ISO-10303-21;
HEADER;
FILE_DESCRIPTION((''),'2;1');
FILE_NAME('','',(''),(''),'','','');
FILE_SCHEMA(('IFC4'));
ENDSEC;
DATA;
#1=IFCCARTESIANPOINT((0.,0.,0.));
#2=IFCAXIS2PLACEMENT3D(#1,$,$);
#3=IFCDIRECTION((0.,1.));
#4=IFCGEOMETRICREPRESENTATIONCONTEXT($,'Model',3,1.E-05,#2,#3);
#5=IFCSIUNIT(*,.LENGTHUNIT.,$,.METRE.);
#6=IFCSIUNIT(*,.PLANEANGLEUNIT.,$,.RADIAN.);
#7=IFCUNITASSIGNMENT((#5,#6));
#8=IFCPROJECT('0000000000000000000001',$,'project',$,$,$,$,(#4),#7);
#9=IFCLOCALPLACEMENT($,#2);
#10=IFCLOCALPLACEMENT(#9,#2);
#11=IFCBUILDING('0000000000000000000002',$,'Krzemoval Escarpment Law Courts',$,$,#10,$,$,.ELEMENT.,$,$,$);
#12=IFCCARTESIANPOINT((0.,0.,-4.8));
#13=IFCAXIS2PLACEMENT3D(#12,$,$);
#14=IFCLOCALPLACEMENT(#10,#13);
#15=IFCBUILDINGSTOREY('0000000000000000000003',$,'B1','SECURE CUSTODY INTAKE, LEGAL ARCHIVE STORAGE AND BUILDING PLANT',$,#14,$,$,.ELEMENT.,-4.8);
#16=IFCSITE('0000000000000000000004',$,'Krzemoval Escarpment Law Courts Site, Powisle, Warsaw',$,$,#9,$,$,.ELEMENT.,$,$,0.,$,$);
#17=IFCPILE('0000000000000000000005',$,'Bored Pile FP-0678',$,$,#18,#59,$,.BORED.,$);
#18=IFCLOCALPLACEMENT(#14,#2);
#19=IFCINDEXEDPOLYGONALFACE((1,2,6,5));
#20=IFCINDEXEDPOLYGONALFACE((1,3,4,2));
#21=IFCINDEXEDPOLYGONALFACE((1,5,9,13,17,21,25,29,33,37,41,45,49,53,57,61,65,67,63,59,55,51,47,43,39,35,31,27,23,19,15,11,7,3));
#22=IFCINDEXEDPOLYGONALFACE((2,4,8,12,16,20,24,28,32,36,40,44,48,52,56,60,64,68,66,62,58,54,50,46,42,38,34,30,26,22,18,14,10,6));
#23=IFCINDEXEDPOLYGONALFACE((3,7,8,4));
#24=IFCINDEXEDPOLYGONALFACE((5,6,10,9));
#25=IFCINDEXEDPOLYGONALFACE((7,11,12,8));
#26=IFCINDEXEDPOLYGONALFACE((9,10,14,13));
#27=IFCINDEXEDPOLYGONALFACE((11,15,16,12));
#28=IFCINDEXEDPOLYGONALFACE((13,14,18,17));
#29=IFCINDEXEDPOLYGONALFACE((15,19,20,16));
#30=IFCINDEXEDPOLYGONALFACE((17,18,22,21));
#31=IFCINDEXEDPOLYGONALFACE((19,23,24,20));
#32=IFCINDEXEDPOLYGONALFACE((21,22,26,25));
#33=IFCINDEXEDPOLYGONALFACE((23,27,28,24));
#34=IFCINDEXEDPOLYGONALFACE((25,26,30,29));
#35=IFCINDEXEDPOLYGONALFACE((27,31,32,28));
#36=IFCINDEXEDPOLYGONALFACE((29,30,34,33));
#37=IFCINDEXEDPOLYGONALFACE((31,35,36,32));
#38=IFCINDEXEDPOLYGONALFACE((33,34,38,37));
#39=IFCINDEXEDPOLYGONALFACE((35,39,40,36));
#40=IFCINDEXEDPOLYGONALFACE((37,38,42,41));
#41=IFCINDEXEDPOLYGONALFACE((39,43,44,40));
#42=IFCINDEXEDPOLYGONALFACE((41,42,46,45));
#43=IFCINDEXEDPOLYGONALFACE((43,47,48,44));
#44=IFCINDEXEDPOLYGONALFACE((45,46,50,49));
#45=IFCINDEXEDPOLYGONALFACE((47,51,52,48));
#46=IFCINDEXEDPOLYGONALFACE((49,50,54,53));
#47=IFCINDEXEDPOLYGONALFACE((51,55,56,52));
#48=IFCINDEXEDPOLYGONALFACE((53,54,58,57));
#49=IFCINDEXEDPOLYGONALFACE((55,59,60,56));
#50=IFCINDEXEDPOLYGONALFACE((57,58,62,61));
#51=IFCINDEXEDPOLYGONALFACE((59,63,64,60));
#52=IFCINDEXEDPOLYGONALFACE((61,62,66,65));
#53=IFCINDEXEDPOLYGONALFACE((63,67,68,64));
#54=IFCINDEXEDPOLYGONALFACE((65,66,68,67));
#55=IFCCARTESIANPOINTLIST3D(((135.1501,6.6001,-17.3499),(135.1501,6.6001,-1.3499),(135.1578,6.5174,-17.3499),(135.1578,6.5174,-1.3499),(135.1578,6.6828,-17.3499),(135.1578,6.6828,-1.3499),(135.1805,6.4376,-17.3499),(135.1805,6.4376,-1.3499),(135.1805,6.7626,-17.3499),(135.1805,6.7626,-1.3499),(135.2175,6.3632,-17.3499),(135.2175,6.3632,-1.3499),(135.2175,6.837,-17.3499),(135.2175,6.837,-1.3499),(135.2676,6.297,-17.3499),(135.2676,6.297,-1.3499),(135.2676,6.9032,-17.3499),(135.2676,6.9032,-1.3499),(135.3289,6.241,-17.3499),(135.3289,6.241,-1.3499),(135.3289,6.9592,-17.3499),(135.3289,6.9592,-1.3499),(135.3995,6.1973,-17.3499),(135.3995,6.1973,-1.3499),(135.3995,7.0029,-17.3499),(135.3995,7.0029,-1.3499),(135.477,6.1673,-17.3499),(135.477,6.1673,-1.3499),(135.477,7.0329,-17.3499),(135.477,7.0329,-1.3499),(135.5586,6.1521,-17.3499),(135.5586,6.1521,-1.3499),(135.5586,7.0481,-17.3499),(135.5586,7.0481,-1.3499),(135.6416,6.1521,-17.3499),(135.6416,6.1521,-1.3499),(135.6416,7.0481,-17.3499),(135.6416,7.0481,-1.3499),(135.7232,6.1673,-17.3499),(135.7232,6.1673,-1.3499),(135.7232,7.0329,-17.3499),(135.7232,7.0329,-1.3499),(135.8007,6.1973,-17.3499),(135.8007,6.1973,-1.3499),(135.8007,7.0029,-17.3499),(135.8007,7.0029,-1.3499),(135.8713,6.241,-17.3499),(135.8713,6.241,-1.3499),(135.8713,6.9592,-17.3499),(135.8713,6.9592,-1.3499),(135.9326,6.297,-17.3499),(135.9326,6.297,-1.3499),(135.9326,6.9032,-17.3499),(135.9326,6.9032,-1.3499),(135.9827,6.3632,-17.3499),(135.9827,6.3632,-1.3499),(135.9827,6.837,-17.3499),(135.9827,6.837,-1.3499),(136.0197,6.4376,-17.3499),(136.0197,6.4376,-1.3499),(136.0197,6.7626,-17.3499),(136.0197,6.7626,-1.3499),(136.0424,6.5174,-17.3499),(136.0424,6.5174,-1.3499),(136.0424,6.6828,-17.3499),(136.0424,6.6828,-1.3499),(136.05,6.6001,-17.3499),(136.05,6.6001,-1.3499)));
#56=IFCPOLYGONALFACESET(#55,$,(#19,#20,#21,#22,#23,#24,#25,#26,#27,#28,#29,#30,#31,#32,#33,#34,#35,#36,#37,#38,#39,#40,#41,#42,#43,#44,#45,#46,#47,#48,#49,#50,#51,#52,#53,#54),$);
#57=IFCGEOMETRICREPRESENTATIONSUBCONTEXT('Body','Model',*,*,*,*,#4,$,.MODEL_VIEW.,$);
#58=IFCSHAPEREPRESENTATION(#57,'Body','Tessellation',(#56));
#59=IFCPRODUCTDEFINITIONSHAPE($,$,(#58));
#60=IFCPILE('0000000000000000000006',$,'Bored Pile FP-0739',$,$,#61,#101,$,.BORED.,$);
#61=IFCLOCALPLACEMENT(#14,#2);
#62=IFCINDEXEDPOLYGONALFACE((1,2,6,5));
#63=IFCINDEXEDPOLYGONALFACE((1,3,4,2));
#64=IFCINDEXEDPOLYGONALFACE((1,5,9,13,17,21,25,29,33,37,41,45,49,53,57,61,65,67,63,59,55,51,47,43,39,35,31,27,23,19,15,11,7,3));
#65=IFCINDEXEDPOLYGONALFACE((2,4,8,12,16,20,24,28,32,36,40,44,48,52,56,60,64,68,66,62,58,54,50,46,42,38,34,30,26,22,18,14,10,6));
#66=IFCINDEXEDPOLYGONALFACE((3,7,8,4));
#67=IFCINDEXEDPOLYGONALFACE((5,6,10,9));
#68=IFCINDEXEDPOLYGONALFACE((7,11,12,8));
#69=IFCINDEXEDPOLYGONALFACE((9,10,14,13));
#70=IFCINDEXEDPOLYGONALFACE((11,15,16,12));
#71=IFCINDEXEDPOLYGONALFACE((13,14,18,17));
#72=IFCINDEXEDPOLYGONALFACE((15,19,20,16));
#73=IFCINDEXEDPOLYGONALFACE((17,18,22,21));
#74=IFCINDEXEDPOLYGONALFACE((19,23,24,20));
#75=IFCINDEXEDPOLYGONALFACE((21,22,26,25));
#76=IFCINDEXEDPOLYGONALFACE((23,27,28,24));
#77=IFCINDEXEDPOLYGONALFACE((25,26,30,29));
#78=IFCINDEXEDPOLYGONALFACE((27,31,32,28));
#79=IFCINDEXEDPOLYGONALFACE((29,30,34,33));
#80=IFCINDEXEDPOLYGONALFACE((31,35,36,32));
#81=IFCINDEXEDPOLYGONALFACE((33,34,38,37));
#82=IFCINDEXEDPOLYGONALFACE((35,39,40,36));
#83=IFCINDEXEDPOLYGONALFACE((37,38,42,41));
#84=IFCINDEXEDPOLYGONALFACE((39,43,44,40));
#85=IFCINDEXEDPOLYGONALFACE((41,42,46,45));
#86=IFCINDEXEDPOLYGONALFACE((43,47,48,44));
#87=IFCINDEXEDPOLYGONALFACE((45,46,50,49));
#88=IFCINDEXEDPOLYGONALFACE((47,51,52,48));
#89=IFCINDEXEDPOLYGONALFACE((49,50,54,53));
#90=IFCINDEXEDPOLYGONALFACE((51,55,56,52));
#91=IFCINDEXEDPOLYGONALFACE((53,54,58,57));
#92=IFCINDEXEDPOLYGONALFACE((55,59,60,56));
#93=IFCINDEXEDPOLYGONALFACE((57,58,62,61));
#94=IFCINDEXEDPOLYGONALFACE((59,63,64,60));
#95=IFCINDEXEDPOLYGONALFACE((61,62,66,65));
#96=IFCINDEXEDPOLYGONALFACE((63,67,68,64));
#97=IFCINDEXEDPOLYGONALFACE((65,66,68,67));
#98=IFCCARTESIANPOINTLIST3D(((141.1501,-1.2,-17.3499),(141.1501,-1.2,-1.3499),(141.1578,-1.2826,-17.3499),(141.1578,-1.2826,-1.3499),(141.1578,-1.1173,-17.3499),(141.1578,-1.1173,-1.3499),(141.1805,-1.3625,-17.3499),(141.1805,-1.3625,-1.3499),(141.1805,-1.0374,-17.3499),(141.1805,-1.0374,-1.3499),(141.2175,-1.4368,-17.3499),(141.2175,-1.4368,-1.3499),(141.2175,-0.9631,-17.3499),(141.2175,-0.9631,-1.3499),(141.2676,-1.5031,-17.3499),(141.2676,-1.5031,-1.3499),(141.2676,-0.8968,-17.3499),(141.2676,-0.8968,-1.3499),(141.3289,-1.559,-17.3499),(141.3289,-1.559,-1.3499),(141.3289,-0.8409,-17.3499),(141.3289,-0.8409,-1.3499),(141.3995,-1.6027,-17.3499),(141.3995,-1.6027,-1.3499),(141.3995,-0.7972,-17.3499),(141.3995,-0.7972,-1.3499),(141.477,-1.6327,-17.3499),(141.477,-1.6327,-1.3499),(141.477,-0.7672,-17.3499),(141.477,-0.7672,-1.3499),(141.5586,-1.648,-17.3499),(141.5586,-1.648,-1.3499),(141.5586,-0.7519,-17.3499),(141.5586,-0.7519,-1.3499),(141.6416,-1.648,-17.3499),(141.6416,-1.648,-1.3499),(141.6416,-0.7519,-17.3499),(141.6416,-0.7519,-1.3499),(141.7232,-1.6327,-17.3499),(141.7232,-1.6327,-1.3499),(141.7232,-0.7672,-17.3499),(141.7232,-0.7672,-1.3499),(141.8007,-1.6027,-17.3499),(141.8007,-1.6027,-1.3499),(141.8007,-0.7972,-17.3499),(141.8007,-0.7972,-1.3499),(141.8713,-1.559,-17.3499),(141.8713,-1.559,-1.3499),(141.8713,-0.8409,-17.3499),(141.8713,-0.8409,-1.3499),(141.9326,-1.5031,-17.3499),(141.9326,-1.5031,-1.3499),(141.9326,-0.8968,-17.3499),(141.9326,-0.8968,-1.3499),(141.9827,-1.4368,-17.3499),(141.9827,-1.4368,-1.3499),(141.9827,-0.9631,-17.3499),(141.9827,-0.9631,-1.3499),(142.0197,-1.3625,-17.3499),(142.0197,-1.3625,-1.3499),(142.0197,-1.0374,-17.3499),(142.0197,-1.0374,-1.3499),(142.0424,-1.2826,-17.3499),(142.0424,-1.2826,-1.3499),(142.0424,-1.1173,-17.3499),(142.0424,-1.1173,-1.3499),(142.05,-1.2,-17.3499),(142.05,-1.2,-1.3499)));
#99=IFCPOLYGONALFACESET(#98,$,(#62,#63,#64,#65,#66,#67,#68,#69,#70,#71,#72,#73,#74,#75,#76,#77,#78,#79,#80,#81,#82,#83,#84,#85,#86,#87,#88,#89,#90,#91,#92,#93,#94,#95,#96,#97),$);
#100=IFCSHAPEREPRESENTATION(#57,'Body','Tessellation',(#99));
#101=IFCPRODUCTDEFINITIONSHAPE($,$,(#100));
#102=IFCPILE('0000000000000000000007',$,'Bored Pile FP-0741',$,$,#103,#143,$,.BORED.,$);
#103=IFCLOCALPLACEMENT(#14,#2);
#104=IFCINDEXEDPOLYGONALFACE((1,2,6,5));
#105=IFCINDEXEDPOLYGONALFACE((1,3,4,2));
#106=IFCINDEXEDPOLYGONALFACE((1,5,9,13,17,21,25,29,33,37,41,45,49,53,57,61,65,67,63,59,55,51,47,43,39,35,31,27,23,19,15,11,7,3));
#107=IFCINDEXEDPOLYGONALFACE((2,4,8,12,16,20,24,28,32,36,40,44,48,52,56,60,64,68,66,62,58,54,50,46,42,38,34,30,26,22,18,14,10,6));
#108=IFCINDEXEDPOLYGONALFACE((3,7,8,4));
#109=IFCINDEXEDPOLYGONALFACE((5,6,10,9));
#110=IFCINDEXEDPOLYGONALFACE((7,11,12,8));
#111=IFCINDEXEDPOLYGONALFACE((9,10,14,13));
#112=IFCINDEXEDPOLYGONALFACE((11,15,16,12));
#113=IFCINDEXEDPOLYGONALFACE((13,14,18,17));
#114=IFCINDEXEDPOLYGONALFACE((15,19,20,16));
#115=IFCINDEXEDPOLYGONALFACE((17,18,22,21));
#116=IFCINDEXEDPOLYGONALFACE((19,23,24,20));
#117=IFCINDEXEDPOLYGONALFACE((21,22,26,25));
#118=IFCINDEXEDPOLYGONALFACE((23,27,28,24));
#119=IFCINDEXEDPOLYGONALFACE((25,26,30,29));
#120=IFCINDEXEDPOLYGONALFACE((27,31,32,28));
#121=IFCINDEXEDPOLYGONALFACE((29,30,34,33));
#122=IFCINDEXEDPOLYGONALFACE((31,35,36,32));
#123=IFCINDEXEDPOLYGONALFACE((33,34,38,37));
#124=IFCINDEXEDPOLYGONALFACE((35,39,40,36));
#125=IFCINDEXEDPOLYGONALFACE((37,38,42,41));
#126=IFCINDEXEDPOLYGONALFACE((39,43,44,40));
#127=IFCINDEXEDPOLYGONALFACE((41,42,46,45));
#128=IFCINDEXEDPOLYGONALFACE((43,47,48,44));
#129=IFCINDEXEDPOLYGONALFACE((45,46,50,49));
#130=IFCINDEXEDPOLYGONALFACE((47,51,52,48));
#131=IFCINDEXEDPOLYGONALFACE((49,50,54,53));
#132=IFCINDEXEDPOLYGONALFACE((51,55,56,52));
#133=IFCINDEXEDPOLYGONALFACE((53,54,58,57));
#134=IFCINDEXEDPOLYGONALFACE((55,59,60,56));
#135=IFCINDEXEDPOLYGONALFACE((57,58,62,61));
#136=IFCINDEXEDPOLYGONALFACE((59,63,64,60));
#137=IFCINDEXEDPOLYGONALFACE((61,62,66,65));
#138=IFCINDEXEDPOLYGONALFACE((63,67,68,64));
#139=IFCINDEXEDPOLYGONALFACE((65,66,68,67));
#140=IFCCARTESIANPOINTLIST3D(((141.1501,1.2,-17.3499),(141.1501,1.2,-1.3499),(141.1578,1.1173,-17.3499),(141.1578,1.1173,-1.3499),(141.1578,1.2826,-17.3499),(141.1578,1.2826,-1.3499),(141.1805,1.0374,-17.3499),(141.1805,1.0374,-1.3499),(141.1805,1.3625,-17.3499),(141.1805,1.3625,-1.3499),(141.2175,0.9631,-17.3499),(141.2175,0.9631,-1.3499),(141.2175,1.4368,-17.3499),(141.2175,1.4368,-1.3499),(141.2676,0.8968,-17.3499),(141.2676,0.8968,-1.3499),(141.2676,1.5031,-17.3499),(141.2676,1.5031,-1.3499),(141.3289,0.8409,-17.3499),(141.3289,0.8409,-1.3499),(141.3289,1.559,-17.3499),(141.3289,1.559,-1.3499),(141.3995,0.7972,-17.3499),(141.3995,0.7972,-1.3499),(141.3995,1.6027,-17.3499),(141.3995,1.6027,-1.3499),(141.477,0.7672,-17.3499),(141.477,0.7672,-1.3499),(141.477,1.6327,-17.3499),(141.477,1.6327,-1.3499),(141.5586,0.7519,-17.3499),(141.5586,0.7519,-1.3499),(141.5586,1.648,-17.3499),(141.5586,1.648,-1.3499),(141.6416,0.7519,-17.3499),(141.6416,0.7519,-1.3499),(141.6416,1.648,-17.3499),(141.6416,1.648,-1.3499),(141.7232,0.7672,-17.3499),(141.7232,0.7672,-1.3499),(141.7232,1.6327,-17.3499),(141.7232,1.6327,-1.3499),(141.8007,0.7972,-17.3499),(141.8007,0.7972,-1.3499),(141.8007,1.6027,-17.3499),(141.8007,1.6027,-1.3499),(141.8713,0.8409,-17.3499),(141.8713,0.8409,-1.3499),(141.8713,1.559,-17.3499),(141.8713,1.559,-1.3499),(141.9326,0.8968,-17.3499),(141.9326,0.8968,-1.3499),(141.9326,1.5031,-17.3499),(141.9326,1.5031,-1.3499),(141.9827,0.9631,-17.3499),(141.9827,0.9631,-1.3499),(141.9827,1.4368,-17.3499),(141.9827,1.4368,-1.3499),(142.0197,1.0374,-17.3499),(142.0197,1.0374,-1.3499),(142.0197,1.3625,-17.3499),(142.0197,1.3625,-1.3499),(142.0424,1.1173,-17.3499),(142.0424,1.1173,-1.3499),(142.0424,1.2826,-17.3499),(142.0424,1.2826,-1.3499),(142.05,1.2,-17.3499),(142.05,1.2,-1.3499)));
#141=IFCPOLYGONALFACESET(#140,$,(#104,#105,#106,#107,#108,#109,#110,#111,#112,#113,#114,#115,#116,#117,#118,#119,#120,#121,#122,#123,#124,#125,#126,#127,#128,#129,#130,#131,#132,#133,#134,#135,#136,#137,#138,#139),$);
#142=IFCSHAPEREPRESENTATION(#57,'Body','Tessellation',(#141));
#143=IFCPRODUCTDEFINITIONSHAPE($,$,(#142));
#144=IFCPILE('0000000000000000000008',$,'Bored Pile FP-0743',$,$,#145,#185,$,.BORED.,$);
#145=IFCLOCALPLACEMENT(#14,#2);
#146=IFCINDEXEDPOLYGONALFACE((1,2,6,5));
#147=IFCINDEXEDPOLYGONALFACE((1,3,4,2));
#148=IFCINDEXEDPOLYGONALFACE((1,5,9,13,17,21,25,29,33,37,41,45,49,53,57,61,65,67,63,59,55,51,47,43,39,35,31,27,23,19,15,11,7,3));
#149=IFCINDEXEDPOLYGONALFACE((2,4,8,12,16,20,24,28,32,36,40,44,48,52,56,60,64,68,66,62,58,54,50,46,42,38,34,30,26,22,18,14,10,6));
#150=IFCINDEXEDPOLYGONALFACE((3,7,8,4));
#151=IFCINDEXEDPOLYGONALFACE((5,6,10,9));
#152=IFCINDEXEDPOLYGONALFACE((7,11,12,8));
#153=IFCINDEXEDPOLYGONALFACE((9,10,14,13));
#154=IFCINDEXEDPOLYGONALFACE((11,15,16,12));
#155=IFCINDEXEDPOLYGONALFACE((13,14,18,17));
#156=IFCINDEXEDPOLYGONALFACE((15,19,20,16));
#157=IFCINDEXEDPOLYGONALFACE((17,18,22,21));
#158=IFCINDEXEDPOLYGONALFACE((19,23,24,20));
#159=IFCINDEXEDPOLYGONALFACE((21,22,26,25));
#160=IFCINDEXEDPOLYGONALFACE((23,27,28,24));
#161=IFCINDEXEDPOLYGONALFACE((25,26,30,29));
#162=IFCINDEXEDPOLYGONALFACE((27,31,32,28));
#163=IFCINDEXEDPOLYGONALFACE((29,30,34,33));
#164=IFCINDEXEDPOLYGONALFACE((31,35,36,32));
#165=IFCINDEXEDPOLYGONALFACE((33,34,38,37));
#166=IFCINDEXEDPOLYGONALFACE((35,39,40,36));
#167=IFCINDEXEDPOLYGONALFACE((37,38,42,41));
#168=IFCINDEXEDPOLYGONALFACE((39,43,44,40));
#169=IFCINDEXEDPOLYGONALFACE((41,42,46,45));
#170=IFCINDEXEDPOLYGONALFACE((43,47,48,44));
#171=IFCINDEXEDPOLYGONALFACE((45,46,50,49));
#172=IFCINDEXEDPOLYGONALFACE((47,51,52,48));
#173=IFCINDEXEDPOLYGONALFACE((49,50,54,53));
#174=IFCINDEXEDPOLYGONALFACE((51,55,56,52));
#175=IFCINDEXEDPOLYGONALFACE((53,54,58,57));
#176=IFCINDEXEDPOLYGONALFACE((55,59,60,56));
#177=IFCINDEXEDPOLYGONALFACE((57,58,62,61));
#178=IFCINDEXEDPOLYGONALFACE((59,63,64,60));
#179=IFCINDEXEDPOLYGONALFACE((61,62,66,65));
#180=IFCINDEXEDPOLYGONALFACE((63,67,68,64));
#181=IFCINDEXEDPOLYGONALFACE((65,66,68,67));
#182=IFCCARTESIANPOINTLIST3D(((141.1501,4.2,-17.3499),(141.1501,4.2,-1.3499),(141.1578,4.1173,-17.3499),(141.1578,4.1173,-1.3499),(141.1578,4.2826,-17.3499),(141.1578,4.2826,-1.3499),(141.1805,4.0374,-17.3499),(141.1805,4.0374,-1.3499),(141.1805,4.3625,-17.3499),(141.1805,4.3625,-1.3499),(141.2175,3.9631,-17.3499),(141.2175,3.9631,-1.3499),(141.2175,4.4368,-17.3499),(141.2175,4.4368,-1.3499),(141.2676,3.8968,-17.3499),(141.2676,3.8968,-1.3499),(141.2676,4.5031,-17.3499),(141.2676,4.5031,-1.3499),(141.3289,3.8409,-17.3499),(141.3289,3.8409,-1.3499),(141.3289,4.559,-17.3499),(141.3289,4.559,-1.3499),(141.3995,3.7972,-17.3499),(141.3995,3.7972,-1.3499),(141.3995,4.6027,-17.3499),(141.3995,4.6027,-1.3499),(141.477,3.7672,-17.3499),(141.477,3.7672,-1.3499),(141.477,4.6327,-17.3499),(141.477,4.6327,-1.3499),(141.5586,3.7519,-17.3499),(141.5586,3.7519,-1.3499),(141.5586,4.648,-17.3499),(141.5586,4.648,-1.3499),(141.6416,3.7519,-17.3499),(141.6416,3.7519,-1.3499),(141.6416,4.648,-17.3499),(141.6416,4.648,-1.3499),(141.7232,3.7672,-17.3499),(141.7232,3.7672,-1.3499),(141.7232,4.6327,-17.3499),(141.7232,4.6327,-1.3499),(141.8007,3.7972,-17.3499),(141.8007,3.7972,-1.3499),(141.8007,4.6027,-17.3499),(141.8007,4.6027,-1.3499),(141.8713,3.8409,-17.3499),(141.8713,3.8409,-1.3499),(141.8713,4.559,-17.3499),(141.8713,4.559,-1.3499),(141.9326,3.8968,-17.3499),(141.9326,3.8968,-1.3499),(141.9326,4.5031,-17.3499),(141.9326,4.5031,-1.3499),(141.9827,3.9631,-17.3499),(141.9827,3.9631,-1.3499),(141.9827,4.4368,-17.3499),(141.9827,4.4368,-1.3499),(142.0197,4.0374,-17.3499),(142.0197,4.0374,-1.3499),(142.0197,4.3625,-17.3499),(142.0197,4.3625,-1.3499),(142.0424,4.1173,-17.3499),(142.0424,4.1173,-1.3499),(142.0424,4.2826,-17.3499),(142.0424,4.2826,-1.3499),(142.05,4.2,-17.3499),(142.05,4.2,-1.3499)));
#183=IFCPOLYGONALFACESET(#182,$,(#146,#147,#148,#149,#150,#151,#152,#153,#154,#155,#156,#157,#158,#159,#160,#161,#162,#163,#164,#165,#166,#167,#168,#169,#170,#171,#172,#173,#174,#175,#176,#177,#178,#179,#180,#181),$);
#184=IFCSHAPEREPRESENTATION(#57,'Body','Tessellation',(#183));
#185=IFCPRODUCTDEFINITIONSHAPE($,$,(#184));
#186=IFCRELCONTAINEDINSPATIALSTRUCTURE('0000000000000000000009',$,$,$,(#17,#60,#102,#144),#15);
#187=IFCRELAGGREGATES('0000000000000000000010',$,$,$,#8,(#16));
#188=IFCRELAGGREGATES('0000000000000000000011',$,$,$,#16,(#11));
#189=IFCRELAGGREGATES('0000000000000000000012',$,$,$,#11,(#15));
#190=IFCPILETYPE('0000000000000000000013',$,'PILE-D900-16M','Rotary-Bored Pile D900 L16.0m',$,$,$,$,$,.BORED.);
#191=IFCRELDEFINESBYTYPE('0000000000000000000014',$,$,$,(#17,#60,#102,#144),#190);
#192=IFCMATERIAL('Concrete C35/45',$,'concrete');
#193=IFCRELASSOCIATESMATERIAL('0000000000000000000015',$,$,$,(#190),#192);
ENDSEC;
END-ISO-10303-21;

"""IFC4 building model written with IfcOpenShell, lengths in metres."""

from ifc_helpers import new_model, si_unit, direction, frame, origin, origin_2d, place, context, subcontext, project, spatial, circle, extrude, material, material_profile, profile_set, type_object, element, save


model = new_model("IFC4")

# Units and contexts
model_context = context("Model", 3, precision=1e-05, world=origin(), true_north=direction((0.0, 1.0)))
body_context = subcontext(model_context, "Body", "Model", "MODEL_VIEW")
ifc_project = project(units=[si_unit("LENGTHUNIT", "METRE"), si_unit("PLANEANGLEUNIT", "RADIAN")], contexts=[model_context])

# Site, building, storey
site_placement = place(None, origin())
site = spatial("IfcSite", under=ifc_project, at=site_placement, Name="Krzemoval Escarpment Law Courts Site, Powisle, Warsaw", CompositionType="ELEMENT", RefElevation=0.0)
building_placement = place(site_placement, origin())
building = spatial("IfcBuilding", under=site, at=building_placement, Name="Krzemoval Escarpment Law Courts", CompositionType="ELEMENT")
storey_placement = place(building_placement, frame((0.0, 0.0, -4.8)))
storey = spatial("IfcBuildingStorey", under=building, at=storey_placement, Name="B1", Description="SECURE CUSTODY INTAKE, LEGAL ARCHIVE STORAGE AND BUILDING PLANT", CompositionType="ELEMENT", Elevation=-4.8)

# Piles
ifc_material_1 = material(Name="Concrete C35/45", Category="concrete")
ifc_material_profile_1 = material_profile(ifc_material_1, circle(Radius=0.45, at=origin_2d()), Name="PILE D900")
ifc_profile_set_1 = profile_set([ifc_material_profile_1], Name="Concrete C35/45")
pile_type = type_object("IfcPileType", Name="PILE-D900-16M", Description="Rotary-Bored Pile D900 L16.0m", PredefinedType="BORED", material=ifc_profile_set_1)
for number, where, z_axis, x_axis, name in (
    (1, (135.6001, 6.6001, -1.3499), (0.0, 0.0, -1.0), (1.0, 0.0, 0.0), "Bored Pile FP-0678"),
    (2, (141.6001, -1.2, -1.3499), (0.0, 0.0, -1.0), (1.0, 0.0, 0.0), "Bored Pile FP-0739"),
    (3, (141.6001, 1.2, -1.3499), (0.0, 0.0, -1.0), (1.0, 0.0, 0.0), "Bored Pile FP-0741"),
    (4, (141.6001, 4.2, -1.3499), (0.0, 0.0, -1.0), (1.0, 0.0, 0.0), "Bored Pile FP-0743"),
):
    element("IfcPile", number, at=place(storey_placement, frame(where, z_axis=z_axis, x_axis=x_axis)), inside=storey, type_object=pile_type, Name=name, PredefinedType="BORED", context=body_context, shape_type="SweptSolid", body=[
        extrude(circle(Radius=0.45, at=origin_2d()), origin(), (0.0, 0.0, 1.0), 16.0),
    ])

save(model, "model.ifc")
